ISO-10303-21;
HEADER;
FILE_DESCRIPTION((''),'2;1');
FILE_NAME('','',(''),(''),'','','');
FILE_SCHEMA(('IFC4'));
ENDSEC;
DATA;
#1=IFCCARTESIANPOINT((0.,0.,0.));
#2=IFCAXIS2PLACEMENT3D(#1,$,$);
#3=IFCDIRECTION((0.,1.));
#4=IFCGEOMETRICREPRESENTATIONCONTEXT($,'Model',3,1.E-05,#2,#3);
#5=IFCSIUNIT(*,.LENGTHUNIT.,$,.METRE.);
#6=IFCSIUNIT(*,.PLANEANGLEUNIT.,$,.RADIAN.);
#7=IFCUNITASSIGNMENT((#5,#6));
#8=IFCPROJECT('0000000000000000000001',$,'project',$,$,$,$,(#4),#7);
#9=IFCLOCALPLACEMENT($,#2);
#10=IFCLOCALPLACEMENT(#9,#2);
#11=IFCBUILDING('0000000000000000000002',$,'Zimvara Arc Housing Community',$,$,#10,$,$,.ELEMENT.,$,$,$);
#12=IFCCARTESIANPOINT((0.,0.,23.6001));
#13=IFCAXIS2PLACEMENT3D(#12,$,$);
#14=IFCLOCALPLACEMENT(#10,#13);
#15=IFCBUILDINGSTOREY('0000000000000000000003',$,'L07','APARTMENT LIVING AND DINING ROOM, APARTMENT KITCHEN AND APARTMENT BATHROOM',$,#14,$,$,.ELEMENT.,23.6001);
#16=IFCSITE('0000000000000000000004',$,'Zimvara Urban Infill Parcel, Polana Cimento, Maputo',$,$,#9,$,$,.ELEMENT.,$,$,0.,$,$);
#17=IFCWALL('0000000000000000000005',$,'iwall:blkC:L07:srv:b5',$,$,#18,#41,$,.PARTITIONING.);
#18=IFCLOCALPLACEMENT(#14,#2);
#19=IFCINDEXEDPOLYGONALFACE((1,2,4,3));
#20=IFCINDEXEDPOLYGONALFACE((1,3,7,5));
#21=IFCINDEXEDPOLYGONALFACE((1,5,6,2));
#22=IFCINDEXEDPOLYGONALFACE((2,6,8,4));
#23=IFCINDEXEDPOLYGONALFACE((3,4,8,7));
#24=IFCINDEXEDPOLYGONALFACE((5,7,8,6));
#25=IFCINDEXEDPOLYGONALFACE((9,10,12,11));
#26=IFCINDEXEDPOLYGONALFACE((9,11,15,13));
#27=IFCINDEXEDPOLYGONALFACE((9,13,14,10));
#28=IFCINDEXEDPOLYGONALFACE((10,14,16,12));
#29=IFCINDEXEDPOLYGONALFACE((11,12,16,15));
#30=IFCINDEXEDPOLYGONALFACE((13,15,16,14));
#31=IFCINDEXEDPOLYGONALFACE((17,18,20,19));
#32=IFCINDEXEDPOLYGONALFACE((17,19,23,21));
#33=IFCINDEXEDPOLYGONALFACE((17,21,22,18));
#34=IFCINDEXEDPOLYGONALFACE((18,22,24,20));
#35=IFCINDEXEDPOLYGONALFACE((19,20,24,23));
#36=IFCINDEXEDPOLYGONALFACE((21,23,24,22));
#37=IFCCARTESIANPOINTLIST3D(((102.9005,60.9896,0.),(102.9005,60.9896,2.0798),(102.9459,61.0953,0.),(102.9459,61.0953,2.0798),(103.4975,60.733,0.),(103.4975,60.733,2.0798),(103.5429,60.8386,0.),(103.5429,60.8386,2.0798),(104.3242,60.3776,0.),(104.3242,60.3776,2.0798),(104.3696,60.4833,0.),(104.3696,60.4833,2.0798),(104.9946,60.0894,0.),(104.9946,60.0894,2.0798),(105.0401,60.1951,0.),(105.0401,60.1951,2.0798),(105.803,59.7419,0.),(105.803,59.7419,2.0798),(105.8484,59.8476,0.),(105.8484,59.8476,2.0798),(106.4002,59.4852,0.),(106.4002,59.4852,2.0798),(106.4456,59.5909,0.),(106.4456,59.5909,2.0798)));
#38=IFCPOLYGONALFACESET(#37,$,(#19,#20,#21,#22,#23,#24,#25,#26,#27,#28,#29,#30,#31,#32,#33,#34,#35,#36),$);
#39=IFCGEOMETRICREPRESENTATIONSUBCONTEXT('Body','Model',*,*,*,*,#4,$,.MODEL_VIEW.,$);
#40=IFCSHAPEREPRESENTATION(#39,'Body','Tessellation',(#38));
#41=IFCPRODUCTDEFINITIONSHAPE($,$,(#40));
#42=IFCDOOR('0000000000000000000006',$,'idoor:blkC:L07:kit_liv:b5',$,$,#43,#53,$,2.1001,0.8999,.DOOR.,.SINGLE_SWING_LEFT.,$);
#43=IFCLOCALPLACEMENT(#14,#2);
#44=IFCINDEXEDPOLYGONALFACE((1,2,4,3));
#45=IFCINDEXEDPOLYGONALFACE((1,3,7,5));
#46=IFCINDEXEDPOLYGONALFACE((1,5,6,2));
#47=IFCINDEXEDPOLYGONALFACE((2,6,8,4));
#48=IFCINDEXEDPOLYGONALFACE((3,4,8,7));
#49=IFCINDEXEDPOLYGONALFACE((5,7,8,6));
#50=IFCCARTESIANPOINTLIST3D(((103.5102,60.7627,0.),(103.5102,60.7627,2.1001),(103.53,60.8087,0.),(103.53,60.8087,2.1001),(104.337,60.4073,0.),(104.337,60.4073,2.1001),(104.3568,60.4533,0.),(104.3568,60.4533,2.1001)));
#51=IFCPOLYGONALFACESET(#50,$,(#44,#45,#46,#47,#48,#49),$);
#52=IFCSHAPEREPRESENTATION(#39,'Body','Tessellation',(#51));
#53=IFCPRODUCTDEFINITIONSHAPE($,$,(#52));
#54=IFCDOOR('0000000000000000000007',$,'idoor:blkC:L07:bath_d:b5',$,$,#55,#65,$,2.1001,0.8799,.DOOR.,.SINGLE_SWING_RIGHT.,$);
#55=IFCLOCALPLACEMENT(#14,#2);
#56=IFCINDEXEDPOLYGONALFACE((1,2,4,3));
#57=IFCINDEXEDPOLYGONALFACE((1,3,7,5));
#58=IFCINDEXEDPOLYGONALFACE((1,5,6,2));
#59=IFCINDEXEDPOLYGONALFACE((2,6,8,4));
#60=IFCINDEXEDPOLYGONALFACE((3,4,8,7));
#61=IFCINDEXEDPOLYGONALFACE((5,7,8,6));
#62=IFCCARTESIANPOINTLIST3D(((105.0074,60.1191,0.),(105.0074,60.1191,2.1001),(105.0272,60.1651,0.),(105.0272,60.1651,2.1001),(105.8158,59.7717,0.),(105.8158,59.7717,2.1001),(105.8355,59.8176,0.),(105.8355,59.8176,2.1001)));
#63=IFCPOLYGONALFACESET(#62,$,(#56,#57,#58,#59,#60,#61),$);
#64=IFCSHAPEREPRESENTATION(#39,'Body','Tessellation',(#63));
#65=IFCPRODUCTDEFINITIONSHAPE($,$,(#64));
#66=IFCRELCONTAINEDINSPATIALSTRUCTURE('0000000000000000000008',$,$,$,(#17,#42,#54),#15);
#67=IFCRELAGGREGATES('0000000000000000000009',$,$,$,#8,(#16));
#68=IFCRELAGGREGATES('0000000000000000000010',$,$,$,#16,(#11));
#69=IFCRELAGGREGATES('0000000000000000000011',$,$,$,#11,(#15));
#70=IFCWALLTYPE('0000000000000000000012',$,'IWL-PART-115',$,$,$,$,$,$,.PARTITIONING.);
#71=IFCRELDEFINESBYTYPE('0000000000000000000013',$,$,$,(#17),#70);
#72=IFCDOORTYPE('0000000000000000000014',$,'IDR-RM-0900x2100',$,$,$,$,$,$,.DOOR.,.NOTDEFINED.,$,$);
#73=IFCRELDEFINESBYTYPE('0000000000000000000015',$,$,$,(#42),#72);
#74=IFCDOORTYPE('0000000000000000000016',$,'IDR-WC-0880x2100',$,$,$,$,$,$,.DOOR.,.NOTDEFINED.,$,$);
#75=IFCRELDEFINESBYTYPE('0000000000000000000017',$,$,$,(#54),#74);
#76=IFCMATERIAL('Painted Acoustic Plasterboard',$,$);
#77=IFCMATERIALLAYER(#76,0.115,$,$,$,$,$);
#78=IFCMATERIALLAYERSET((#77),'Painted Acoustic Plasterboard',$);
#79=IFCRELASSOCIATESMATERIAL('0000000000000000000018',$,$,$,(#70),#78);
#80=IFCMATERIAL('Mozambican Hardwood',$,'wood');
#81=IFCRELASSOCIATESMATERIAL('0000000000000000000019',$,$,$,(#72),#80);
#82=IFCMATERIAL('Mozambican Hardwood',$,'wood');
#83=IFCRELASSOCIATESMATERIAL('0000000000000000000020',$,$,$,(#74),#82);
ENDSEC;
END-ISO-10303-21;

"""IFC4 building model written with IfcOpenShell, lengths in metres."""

from ifc_helpers import new_model, si_unit, direction, frame, frame_2d, origin, place, context, subcontext, project, spatial, rectangle, extrude, material, layer, layer_set, type_object, element, fill, save


model = new_model("IFC4")

# Units and contexts
model_context = context("Model", 3, precision=1e-05, world=origin(), true_north=direction((0.0, 1.0)))
body_context = subcontext(model_context, "Body", "Model", "MODEL_VIEW")
ifc_project = project(units=[si_unit("LENGTHUNIT", "METRE"), si_unit("PLANEANGLEUNIT", "RADIAN")], contexts=[model_context])

# Site, building, storey
site_placement = place(None, origin())
site = spatial("IfcSite", under=ifc_project, at=site_placement, Name="Zimvara Urban Infill Parcel, Polana Cimento, Maputo", CompositionType="ELEMENT", RefElevation=0.0)
building_placement = place(site_placement, origin())
building = spatial("IfcBuilding", under=site, at=building_placement, Name="Zimvara Arc Housing Community", CompositionType="ELEMENT")
storey_placement = place(building_placement, frame((0.0, 0.0, 23.6001)))
storey = spatial("IfcBuildingStorey", under=building, at=storey_placement, Name="L07", Description="APARTMENT LIVING AND DINING ROOM, APARTMENT KITCHEN AND APARTMENT BATHROOM", CompositionType="ELEMENT", Elevation=23.6001)

# Wall, openings, doors
ifc_material_1 = material(Name="Painted Acoustic Plasterboard")
ifc_layer_1 = layer(ifc_material_1, 0.115)
ifc_layer_set_1 = layer_set([ifc_layer_1], Name="Painted Acoustic Plasterboard")
wall_type_1 = type_object("IfcWallType", Name="IWL-PART-115", PredefinedType="PARTITIONING", material=ifc_layer_set_1)
wall_1_placement = place(storey_placement, frame((102.9231, 61.0425, 0.0), z_axis=(0.0, 0.0, 1.0), x_axis=(0.918717, -0.394917, 0.0)))
wall_1 = element("IfcWall", 1, at=wall_1_placement, inside=storey, type_object=wall_type_1, Name="iwall:blkC:L07:srv:b5", PredefinedType="PARTITIONING", context=body_context, shape_type="SweptSolid", body=[
    extrude(rectangle(XDim=3.8093, YDim=0.115, at=frame_2d((1.9048, 0.0))), origin(), (0.0, 0.0, 1.0), 2.0798),
])
opening_1_placement = place(wall_1_placement, frame((0.6499, 0.0, 0.0)))
opening_1 = element("IfcOpeningElement", 2, at=opening_1_placement, cuts=wall_1, PredefinedType="OPENING", context=body_context, shape_type="SweptSolid", body=[
    extrude(rectangle(XDim=0.8999, YDim=2.1001, at=frame_2d((0.45, 1.05))), frame((0.0, 0.0674, 0.0), z_axis=(0.0, -1.0, 0.0), x_axis=(1.0, 0.0, 0.0)), (0.0, 0.0, 1.0), 0.135),
])
opening_2_placement = place(wall_1_placement, frame((2.2795, 0.0, 0.0)))
opening_2 = element("IfcOpeningElement", 3, at=opening_2_placement, cuts=wall_1, PredefinedType="OPENING", context=body_context, shape_type="SweptSolid", body=[
    extrude(rectangle(XDim=0.8799, YDim=2.1001, at=frame_2d((0.4399, 1.05))), frame((0.0, 0.0674, 0.0), z_axis=(0.0, -1.0, 0.0), x_axis=(1.0, 0.0, 0.0)), (0.0, 0.0, 1.0), 0.135),
])
ifc_material_2 = material(Name="Mozambican Hardwood", Category="wood")
door_type_1 = type_object("IfcDoorType", Name="IDR-RM-0900x2100", OperationType="NOTDEFINED", PredefinedType="DOOR", material=ifc_material_2)
door_1_placement = place(opening_1_placement, origin())
door_1 = element("IfcDoor", 4, at=door_1_placement, inside=storey, type_object=door_type_1, Name="idoor:blkC:L07:kit_liv:b5", OperationType="SINGLE_SWING_LEFT", OverallHeight=2.1001, OverallWidth=0.8999, PredefinedType="DOOR", context=body_context, shape_type="SweptSolid", body=[
    extrude(rectangle(XDim=0.8999, YDim=2.1001, at=frame_2d((0.45, 1.05))), frame((0.0, 0.0249, 0.0), z_axis=(0.0, -1.0, 0.0), x_axis=(1.0, 0.0, 0.0)), (0.0, 0.0, 1.0), 0.05),
])
fill(opening_1, door_1)
ifc_material_3 = material(Name="Mozambican Hardwood", Category="wood")
door_type_2 = type_object("IfcDoorType", Name="IDR-WC-0880x2100", OperationType="NOTDEFINED", PredefinedType="DOOR", material=ifc_material_3)
door_2_placement = place(opening_2_placement, origin())
door_2 = element("IfcDoor", 5, at=door_2_placement, inside=storey, type_object=door_type_2, Name="idoor:blkC:L07:bath_d:b5", OperationType="SINGLE_SWING_RIGHT", OverallHeight=2.1001, OverallWidth=0.8799, PredefinedType="DOOR", context=body_context, shape_type="SweptSolid", body=[
    extrude(rectangle(XDim=0.8799, YDim=2.1001, at=frame_2d((0.4399, 1.05))), frame((0.0, 0.0249, 0.0), z_axis=(0.0, -1.0, 0.0), x_axis=(1.0, 0.0, 0.0)), (0.0, 0.0, 1.0), 0.05),
])
fill(opening_2, door_2)

save(model, "model.ifc")
